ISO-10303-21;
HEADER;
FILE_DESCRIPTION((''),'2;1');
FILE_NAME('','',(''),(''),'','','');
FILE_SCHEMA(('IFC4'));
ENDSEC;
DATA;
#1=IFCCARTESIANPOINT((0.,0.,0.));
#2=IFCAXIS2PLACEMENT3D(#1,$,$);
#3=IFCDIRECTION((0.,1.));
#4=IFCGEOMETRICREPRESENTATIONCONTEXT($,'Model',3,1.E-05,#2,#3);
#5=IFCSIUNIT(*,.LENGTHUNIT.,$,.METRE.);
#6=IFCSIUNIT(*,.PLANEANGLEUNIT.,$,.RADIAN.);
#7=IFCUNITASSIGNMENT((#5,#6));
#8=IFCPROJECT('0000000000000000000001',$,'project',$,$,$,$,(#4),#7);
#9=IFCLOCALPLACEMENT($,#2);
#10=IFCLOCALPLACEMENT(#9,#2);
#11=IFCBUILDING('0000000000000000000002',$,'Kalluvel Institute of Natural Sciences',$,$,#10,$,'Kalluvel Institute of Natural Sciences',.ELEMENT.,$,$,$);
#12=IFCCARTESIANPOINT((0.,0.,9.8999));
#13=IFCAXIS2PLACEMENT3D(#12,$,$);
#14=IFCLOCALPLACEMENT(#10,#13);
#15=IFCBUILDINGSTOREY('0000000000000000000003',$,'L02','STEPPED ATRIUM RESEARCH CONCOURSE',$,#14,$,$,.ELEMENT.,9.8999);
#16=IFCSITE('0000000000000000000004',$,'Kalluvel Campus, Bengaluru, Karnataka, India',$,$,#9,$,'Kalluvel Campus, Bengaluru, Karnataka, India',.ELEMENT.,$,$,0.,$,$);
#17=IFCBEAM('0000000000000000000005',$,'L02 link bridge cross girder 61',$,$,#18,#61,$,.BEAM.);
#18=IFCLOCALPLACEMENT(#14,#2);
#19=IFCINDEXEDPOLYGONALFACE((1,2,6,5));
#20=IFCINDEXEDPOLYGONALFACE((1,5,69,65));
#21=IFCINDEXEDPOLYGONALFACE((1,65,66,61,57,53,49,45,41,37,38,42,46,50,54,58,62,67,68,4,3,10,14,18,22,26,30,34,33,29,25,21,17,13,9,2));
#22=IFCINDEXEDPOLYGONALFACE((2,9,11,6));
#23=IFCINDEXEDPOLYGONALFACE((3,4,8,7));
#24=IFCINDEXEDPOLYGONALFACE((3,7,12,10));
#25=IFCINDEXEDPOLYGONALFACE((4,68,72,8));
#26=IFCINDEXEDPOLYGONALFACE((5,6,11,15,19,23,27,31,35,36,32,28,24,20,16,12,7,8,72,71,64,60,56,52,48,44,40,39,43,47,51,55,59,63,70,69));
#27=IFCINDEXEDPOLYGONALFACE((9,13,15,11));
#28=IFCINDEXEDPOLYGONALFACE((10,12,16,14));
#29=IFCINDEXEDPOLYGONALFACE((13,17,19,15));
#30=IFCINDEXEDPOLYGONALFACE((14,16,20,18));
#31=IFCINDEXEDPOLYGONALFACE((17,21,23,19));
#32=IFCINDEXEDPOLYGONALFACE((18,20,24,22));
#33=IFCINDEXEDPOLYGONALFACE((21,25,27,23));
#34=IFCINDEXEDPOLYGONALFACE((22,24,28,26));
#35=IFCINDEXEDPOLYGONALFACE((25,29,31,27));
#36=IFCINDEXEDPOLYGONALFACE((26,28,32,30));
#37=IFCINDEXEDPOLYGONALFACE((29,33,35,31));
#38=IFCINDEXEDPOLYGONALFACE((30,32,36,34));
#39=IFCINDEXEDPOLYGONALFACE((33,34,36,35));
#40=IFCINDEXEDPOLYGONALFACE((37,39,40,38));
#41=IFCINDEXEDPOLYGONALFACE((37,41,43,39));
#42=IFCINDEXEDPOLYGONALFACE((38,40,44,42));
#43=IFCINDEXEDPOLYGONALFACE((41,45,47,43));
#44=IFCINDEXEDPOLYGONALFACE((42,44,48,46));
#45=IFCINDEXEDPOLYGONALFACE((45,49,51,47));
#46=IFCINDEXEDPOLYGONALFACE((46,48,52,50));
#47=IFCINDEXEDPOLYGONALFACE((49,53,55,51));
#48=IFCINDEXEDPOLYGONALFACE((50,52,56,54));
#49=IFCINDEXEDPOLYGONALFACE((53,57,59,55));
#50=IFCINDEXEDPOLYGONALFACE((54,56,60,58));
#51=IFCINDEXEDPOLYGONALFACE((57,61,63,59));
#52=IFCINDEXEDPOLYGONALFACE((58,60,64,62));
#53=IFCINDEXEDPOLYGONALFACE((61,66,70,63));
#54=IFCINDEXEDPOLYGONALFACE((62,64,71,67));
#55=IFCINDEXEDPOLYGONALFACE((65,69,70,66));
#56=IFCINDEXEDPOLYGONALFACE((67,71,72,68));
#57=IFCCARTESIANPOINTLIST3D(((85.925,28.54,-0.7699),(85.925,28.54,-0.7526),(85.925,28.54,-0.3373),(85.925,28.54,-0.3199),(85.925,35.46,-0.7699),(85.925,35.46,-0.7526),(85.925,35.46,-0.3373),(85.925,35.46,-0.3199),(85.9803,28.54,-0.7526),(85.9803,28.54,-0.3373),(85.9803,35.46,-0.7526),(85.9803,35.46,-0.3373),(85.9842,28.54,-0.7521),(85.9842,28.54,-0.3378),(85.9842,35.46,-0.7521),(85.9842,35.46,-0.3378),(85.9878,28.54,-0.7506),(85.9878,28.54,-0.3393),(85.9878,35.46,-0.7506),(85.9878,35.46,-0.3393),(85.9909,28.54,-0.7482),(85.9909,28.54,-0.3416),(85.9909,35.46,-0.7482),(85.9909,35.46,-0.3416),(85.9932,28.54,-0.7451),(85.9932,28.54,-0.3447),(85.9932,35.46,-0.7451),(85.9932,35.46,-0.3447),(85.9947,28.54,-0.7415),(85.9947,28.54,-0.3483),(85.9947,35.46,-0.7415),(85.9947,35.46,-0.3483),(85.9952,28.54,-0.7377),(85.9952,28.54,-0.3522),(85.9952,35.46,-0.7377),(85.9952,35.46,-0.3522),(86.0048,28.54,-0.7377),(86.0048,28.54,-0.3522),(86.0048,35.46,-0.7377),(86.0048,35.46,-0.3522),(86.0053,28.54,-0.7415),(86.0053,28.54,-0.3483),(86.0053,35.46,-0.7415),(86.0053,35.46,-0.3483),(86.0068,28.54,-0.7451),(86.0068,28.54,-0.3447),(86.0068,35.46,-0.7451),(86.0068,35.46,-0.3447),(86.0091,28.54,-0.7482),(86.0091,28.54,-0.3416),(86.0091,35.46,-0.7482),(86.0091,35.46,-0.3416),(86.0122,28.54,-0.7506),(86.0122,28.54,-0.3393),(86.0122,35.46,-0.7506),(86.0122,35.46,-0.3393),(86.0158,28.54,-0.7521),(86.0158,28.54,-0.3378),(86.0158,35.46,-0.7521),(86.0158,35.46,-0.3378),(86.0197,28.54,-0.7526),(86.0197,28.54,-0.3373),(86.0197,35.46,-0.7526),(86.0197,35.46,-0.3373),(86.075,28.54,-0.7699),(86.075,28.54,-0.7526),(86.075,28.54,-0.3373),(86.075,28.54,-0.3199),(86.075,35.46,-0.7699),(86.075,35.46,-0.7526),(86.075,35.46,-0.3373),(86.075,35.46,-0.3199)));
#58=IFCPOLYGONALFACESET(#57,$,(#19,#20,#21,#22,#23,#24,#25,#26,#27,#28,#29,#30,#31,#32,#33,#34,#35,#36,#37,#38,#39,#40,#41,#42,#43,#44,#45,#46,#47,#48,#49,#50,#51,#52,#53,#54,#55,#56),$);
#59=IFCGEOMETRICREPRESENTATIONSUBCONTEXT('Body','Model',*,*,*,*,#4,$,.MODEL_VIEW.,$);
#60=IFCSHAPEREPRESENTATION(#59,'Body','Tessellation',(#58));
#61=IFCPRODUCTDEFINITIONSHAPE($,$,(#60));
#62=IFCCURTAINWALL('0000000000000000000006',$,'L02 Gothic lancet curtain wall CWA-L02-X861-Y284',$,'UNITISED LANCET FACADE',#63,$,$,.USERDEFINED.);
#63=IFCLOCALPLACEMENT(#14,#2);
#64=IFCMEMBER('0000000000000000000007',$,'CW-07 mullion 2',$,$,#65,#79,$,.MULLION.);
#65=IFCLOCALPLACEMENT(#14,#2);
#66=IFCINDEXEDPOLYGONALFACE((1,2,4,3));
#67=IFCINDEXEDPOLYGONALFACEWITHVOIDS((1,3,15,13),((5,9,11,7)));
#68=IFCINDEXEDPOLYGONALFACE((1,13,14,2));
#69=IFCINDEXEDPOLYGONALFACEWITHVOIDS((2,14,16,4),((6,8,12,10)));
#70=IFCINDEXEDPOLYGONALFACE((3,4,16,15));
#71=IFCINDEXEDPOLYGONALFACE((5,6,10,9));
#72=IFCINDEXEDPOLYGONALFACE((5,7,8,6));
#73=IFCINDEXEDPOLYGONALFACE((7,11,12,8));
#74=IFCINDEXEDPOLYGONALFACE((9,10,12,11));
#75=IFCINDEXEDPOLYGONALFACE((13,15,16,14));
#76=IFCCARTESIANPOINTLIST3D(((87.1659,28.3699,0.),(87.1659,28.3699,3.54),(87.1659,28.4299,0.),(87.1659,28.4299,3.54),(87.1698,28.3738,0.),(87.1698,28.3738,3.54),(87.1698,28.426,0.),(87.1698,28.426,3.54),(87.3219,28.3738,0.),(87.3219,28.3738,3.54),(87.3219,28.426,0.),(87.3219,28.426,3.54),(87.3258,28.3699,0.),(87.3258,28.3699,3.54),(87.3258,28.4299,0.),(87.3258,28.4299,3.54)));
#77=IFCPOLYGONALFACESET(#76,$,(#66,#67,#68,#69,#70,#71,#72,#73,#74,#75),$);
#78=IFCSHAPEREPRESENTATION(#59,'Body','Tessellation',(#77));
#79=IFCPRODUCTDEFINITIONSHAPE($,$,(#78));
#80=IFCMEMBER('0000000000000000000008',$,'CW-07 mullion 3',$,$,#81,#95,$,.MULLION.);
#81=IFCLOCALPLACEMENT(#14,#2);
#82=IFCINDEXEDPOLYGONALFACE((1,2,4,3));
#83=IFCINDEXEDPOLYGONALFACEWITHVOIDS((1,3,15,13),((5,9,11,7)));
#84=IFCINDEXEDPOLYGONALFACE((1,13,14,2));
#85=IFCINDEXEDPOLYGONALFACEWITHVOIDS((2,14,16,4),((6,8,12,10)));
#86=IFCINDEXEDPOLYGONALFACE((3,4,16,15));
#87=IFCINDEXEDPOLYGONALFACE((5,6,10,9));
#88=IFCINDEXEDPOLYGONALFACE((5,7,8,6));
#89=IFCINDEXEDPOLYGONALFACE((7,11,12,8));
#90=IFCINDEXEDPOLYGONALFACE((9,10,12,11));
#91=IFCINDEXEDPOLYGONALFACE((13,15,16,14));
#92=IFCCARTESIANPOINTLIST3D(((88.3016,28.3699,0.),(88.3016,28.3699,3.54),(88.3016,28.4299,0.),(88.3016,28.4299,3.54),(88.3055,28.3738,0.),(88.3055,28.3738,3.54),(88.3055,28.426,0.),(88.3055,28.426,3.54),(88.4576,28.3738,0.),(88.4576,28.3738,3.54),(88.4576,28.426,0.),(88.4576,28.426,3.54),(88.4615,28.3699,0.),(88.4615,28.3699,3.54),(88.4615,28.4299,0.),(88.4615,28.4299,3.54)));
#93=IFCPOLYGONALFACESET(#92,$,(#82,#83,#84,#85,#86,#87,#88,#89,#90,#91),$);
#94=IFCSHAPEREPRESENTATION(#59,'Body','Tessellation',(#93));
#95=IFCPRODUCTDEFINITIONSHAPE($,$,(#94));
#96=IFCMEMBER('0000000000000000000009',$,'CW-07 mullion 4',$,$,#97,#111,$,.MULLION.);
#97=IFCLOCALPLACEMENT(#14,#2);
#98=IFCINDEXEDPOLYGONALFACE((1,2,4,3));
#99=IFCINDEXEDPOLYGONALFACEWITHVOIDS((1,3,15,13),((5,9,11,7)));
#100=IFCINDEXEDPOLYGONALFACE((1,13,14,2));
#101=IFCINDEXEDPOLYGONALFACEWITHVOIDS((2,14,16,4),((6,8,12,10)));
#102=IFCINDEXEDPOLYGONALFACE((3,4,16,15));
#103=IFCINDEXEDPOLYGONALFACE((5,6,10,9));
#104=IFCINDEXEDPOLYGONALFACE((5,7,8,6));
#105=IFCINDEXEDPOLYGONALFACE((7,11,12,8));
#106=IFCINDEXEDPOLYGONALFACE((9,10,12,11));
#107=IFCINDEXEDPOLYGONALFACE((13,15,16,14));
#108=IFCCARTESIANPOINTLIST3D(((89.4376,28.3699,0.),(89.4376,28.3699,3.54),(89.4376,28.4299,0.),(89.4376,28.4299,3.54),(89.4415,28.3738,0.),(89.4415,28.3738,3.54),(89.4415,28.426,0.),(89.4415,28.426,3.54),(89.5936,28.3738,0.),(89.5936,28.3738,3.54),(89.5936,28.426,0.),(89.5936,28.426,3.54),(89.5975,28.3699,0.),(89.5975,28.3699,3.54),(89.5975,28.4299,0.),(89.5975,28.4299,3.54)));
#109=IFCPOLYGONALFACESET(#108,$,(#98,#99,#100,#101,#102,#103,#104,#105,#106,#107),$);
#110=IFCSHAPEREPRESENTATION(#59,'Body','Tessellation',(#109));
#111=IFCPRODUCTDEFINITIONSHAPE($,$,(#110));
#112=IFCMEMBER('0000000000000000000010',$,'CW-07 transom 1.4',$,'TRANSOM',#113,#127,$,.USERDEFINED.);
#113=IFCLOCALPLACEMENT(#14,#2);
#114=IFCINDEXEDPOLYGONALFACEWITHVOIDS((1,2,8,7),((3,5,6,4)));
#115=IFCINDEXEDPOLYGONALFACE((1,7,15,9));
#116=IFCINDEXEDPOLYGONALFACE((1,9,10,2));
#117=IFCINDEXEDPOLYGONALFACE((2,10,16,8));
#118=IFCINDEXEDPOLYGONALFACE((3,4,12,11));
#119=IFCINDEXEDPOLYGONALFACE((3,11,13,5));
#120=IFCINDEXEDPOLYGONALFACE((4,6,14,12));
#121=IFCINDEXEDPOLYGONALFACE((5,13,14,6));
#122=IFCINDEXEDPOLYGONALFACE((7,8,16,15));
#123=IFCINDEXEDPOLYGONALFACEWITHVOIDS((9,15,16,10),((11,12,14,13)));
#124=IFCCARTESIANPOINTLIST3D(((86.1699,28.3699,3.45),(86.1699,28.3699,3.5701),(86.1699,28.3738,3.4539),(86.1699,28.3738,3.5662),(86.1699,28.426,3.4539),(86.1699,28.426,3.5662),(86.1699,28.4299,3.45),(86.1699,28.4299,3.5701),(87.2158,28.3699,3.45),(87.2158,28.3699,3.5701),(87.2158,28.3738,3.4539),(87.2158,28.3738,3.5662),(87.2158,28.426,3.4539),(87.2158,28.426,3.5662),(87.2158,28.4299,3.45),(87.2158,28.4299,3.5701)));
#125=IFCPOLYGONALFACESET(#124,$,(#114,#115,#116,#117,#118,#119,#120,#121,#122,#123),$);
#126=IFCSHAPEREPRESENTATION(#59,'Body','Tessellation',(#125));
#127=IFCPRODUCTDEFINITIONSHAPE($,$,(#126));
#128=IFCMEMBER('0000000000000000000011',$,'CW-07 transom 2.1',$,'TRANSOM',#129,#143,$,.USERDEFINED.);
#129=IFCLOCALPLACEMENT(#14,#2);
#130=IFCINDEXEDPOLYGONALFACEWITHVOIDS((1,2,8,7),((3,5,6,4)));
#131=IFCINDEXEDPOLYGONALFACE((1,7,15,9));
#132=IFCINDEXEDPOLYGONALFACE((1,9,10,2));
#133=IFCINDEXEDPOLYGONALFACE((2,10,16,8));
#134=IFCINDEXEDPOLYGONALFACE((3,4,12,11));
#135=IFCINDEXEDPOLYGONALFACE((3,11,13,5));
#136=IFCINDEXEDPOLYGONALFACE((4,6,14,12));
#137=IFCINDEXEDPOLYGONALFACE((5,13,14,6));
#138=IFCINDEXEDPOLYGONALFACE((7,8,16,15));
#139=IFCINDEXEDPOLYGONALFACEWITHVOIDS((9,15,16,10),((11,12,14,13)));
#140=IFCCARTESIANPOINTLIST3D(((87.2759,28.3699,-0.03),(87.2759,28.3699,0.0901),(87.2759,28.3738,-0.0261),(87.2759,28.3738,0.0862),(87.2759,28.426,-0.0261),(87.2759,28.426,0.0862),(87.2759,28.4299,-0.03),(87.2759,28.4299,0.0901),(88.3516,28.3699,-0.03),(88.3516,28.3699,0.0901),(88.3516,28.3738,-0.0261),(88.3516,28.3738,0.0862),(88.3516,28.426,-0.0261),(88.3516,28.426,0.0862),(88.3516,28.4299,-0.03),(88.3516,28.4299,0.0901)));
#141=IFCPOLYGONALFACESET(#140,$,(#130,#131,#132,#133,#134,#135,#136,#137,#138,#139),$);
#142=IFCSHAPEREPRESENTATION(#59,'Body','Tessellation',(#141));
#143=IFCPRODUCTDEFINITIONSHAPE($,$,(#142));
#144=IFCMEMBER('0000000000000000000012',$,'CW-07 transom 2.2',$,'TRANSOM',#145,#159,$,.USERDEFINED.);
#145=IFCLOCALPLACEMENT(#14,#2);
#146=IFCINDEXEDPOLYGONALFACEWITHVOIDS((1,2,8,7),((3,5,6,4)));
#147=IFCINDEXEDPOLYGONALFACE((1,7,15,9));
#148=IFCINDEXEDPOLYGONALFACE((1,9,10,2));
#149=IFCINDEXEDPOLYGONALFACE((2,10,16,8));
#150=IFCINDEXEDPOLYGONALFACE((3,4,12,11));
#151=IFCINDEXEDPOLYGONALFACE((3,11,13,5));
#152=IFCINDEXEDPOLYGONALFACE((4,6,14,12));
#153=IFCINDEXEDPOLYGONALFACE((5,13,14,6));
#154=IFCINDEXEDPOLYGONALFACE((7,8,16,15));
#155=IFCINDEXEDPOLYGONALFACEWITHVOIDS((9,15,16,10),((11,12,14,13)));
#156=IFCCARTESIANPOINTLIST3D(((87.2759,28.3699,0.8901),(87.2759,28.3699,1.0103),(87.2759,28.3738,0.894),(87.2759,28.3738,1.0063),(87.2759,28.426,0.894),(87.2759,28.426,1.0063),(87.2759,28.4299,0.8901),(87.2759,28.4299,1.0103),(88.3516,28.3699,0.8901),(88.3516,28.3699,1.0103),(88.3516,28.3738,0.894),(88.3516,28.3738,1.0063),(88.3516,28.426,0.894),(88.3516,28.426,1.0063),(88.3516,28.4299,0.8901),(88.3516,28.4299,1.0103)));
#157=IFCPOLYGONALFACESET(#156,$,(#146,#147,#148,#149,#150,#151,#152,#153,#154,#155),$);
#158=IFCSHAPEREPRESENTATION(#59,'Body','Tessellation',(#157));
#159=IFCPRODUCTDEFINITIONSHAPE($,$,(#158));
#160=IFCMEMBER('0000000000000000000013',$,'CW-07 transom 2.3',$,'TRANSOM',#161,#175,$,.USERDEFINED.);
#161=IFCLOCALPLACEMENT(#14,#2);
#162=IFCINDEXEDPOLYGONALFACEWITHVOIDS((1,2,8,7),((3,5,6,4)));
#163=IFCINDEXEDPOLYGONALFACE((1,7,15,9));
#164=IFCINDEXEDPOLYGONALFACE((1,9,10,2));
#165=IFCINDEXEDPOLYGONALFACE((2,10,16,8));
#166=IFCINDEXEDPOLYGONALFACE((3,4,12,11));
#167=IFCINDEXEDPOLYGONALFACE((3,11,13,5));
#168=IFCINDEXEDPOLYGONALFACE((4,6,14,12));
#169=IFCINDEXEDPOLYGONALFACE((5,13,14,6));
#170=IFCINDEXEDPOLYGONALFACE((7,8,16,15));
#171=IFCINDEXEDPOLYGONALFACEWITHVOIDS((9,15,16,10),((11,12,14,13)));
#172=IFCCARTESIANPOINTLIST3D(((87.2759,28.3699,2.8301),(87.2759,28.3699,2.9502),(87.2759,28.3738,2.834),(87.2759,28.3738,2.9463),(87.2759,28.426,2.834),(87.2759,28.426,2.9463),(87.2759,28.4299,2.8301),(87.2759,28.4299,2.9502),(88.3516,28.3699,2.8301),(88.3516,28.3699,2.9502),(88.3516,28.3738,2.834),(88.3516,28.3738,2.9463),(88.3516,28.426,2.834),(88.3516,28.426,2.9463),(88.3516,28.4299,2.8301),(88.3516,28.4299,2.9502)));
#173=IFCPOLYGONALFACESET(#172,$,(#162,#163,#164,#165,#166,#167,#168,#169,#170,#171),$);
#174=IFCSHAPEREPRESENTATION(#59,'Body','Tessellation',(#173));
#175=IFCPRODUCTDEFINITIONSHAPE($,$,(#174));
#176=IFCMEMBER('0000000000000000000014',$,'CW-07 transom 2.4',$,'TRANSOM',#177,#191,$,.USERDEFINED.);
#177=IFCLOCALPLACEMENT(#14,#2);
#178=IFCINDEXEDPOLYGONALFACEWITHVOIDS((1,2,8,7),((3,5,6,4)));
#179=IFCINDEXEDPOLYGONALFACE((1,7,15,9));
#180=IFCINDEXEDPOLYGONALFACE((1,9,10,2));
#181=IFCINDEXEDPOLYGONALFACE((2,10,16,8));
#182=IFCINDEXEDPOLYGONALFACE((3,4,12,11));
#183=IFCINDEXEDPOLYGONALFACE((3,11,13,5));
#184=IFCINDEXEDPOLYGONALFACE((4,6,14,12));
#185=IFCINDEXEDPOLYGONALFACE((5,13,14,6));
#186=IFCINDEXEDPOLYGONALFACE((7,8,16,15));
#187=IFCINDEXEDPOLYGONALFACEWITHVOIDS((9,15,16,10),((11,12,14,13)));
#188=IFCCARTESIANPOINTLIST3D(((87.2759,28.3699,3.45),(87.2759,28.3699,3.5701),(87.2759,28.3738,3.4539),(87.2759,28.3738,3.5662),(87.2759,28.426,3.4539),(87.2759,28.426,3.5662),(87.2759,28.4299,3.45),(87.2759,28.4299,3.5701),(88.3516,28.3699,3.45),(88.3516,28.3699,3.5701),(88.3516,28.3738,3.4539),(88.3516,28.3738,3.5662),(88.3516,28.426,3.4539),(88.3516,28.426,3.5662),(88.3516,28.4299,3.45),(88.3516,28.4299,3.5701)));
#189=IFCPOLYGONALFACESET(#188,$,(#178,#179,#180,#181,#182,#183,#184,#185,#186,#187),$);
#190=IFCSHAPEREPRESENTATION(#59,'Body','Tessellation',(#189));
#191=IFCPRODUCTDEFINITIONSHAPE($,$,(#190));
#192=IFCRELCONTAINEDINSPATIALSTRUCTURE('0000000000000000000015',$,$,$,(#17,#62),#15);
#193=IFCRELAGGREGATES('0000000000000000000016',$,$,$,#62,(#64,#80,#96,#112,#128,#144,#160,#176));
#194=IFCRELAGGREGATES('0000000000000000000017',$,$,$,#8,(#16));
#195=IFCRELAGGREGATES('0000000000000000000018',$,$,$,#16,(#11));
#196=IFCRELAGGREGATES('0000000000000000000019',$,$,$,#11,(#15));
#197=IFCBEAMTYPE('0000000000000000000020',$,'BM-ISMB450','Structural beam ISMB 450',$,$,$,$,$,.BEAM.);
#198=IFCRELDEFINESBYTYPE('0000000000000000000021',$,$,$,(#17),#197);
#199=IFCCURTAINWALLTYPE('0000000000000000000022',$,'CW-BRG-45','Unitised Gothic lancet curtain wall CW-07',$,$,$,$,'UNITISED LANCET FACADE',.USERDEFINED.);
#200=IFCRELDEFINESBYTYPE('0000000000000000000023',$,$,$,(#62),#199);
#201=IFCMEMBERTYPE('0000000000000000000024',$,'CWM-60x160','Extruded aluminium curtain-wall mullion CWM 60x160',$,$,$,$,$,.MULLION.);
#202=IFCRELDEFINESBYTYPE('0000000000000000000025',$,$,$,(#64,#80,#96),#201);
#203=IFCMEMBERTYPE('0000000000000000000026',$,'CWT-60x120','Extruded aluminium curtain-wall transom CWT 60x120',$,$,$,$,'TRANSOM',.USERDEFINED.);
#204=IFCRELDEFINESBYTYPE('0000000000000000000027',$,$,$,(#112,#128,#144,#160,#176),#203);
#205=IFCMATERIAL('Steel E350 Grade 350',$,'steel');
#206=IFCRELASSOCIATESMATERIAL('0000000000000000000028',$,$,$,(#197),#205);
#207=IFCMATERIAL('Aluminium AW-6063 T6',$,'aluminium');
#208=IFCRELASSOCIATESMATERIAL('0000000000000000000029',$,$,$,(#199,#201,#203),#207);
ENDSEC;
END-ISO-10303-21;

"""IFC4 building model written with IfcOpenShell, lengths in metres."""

from ifc_helpers import new_model, si_unit, direction, frame, origin, origin_2d, place, context, subcontext, project, spatial, hollow_rectangle, i_section, extrude, material, material_profile, profile_set, type_object, element, aggregate, save


model = new_model("IFC4")

# Units and contexts
model_context = context("Model", 3, precision=1e-05, world=origin(), true_north=direction((0.0, 1.0)))
body_context = subcontext(model_context, "Body", "Model", "MODEL_VIEW")
ifc_project = project(units=[si_unit("LENGTHUNIT", "METRE"), si_unit("PLANEANGLEUNIT", "RADIAN")], contexts=[model_context])

# Site, building, storey
site_placement = place(None, origin())
site = spatial("IfcSite", under=ifc_project, at=site_placement, Name="Kalluvel Campus, Bengaluru, Karnataka, India", LongName="Kalluvel Campus, Bengaluru, Karnataka, India", CompositionType="ELEMENT", RefElevation=0.0)
building_placement = place(site_placement, origin())
building = spatial("IfcBuilding", under=site, at=building_placement, Name="Kalluvel Institute of Natural Sciences", LongName="Kalluvel Institute of Natural Sciences", CompositionType="ELEMENT")
storey_placement = place(building_placement, frame((0.0, 0.0, 9.8999)))
storey = spatial("IfcBuildingStorey", under=building, at=storey_placement, Name="L02", Description="STEPPED ATRIUM RESEARCH CONCOURSE", CompositionType="ELEMENT", Elevation=9.8999)

# Beam
ifc_material_1 = material(Name="Steel E350 Grade 350", Category="steel")
ifc_material_profile_1 = material_profile(ifc_material_1, i_section(OverallWidth=0.1499, OverallDepth=0.45, WebThickness=0.0095, FlangeThickness=0.0173, FilletRadius=0.0149, at=origin_2d()), Name="ISMB 450")
ifc_profile_set_1 = profile_set([ifc_material_profile_1], Name="Steel E350 Grade 350")
beam_type = type_object("IfcBeamType", Name="BM-ISMB450", Description="Structural beam ISMB 450", PredefinedType="BEAM", material=ifc_profile_set_1)
beam_placement = place(storey_placement, frame((86.0, 28.54, -0.5449), z_axis=(0.0, 1.0, 0.0), x_axis=(-1.0, 0.0, 0.0)))
element("IfcBeam", 1, at=beam_placement, inside=storey, type_object=beam_type, Name="L02 link bridge cross girder 61", PredefinedType="BEAM", context=body_context, shape_type="SweptSolid", body=[
    extrude(i_section(OverallWidth=0.1499, OverallDepth=0.45, WebThickness=0.0095, FlangeThickness=0.0173, FilletRadius=0.0149, at=origin_2d()), origin(), (0.0, 0.0, 1.0), 6.9199),
])

# Curtain wall, members
ifc_material_2 = material(Name="Aluminium AW-6063 T6", Category="aluminium")
curtain_wall_type = type_object("IfcCurtainWallType", Name="CW-BRG-45", Description="Unitised Gothic lancet curtain wall CW-07", ElementType="UNITISED LANCET FACADE", PredefinedType="USERDEFINED", material=ifc_material_2)
curtain_wall_placement = place(storey_placement, origin())
curtain_wall = element("IfcCurtainWall", 2, at=curtain_wall_placement, inside=storey, type_object=curtain_wall_type, Name="L02 Gothic lancet curtain wall CWA-L02-X861-Y284", ObjectType="UNITISED LANCET FACADE", PredefinedType="USERDEFINED")
ifc_material_profile_2 = material_profile(ifc_material_2, hollow_rectangle(XDim=0.0601, YDim=0.1599, WallThickness=0.0039, at=origin_2d()), Name="CWM 60x160")
ifc_profile_set_2 = profile_set([ifc_material_profile_2], Name="Aluminium AW-6063 T6")
member_type_1 = type_object("IfcMemberType", Name="CWM-60x160", Description="Extruded aluminium curtain-wall mullion CWM 60x160", PredefinedType="MULLION", material=ifc_profile_set_2)
member_1_placement = place(storey_placement, frame((87.2458, 28.3999, 0.0), z_axis=(0.0, 0.0, 1.0), x_axis=(0.0, 1.0, 0.0)))
member_1 = element("IfcMember", 3, at=member_1_placement, type_object=member_type_1, Name="CW-07 mullion 2", PredefinedType="MULLION", context=body_context, shape_type="SweptSolid", body=[
    extrude(hollow_rectangle(XDim=0.0601, YDim=0.1599, WallThickness=0.0039, at=origin_2d()), origin(), (0.0, 0.0, 1.0), 3.54),
])
member_2_placement = place(storey_placement, frame((88.3816, 28.3999, 0.0), z_axis=(0.0, 0.0, 1.0), x_axis=(0.0, 1.0, 0.0)))
member_2 = element("IfcMember", 4, at=member_2_placement, type_object=member_type_1, Name="CW-07 mullion 3", PredefinedType="MULLION", context=body_context, shape_type="SweptSolid", body=[
    extrude(hollow_rectangle(XDim=0.0601, YDim=0.1599, WallThickness=0.0039, at=origin_2d()), origin(), (0.0, 0.0, 1.0), 3.54),
])
member_3_placement = place(storey_placement, frame((89.5176, 28.3999, 0.0), z_axis=(0.0, 0.0, 1.0), x_axis=(0.0, 1.0, 0.0)))
member_3 = element("IfcMember", 5, at=member_3_placement, type_object=member_type_1, Name="CW-07 mullion 4", PredefinedType="MULLION", context=body_context, shape_type="SweptSolid", body=[
    extrude(hollow_rectangle(XDim=0.0601, YDim=0.1599, WallThickness=0.0039, at=origin_2d()), origin(), (0.0, 0.0, 1.0), 3.54),
])
ifc_material_profile_3 = material_profile(ifc_material_2, hollow_rectangle(XDim=0.0601, YDim=0.1201, WallThickness=0.0039, at=origin_2d()), Name="CWT 60x120")
ifc_profile_set_3 = profile_set([ifc_material_profile_3], Name="Aluminium AW-6063 T6")
member_type_2 = type_object("IfcMemberType", Name="CWT-60x120", Description="Extruded aluminium curtain-wall transom CWT 60x120", ElementType="TRANSOM", PredefinedType="USERDEFINED", material=ifc_profile_set_3)
member_4_placement = place(storey_placement, frame((86.1699, 28.3999, 3.51), z_axis=(1.0, 0.0, 0.0), x_axis=(0.0, 1.0, 0.0)))
member_4 = element("IfcMember", 6, at=member_4_placement, type_object=member_type_2, Name="CW-07 transom 1.4", ObjectType="TRANSOM", PredefinedType="USERDEFINED", context=body_context, shape_type="SweptSolid", body=[
    extrude(hollow_rectangle(XDim=0.0601, YDim=0.1201, WallThickness=0.0039, at=origin_2d()), origin(), (0.0, 0.0, 1.0), 1.0459),
])
member_5_placement = place(storey_placement, frame((87.2759, 28.3999, 0.03), z_axis=(1.0, 0.0, 0.0), x_axis=(0.0, 1.0, 0.0)))
member_5 = element("IfcMember", 7, at=member_5_placement, type_object=member_type_2, Name="CW-07 transom 2.1", ObjectType="TRANSOM", PredefinedType="USERDEFINED", context=body_context, shape_type="SweptSolid", body=[
    extrude(hollow_rectangle(XDim=0.0601, YDim=0.1201, WallThickness=0.0039, at=origin_2d()), origin(), (0.0, 0.0, 1.0), 1.0757),
])
member_6_placement = place(storey_placement, frame((87.2759, 28.3999, 0.9502), z_axis=(1.0, 0.0, 0.0), x_axis=(0.0, 1.0, 0.0)))
member_6 = element("IfcMember", 8, at=member_6_placement, type_object=member_type_2, Name="CW-07 transom 2.2", ObjectType="TRANSOM", PredefinedType="USERDEFINED", context=body_context, shape_type="SweptSolid", body=[
    extrude(hollow_rectangle(XDim=0.0601, YDim=0.1201, WallThickness=0.0039, at=origin_2d()), origin(), (0.0, 0.0, 1.0), 1.0757),
])
member_7_placement = place(storey_placement, frame((87.2759, 28.3999, 2.8901), z_axis=(1.0, 0.0, 0.0), x_axis=(0.0, 1.0, 0.0)))
member_7 = element("IfcMember", 9, at=member_7_placement, type_object=member_type_2, Name="CW-07 transom 2.3", ObjectType="TRANSOM", PredefinedType="USERDEFINED", context=body_context, shape_type="SweptSolid", body=[
    extrude(hollow_rectangle(XDim=0.0601, YDim=0.1201, WallThickness=0.0039, at=origin_2d()), origin(), (0.0, 0.0, 1.0), 1.0757),
])
member_8_placement = place(storey_placement, frame((87.2759, 28.3999, 3.51), z_axis=(1.0, 0.0, 0.0), x_axis=(0.0, 1.0, 0.0)))
member_8 = element("IfcMember", 10, at=member_8_placement, type_object=member_type_2, Name="CW-07 transom 2.4", ObjectType="TRANSOM", PredefinedType="USERDEFINED", context=body_context, shape_type="SweptSolid", body=[
    extrude(hollow_rectangle(XDim=0.0601, YDim=0.1201, WallThickness=0.0039, at=origin_2d()), origin(), (0.0, 0.0, 1.0), 1.0757),
])
aggregate(curtain_wall, [member_1, member_2, member_3, member_4, member_5, member_6, member_7, member_8])

save(model, "model.ifc")
